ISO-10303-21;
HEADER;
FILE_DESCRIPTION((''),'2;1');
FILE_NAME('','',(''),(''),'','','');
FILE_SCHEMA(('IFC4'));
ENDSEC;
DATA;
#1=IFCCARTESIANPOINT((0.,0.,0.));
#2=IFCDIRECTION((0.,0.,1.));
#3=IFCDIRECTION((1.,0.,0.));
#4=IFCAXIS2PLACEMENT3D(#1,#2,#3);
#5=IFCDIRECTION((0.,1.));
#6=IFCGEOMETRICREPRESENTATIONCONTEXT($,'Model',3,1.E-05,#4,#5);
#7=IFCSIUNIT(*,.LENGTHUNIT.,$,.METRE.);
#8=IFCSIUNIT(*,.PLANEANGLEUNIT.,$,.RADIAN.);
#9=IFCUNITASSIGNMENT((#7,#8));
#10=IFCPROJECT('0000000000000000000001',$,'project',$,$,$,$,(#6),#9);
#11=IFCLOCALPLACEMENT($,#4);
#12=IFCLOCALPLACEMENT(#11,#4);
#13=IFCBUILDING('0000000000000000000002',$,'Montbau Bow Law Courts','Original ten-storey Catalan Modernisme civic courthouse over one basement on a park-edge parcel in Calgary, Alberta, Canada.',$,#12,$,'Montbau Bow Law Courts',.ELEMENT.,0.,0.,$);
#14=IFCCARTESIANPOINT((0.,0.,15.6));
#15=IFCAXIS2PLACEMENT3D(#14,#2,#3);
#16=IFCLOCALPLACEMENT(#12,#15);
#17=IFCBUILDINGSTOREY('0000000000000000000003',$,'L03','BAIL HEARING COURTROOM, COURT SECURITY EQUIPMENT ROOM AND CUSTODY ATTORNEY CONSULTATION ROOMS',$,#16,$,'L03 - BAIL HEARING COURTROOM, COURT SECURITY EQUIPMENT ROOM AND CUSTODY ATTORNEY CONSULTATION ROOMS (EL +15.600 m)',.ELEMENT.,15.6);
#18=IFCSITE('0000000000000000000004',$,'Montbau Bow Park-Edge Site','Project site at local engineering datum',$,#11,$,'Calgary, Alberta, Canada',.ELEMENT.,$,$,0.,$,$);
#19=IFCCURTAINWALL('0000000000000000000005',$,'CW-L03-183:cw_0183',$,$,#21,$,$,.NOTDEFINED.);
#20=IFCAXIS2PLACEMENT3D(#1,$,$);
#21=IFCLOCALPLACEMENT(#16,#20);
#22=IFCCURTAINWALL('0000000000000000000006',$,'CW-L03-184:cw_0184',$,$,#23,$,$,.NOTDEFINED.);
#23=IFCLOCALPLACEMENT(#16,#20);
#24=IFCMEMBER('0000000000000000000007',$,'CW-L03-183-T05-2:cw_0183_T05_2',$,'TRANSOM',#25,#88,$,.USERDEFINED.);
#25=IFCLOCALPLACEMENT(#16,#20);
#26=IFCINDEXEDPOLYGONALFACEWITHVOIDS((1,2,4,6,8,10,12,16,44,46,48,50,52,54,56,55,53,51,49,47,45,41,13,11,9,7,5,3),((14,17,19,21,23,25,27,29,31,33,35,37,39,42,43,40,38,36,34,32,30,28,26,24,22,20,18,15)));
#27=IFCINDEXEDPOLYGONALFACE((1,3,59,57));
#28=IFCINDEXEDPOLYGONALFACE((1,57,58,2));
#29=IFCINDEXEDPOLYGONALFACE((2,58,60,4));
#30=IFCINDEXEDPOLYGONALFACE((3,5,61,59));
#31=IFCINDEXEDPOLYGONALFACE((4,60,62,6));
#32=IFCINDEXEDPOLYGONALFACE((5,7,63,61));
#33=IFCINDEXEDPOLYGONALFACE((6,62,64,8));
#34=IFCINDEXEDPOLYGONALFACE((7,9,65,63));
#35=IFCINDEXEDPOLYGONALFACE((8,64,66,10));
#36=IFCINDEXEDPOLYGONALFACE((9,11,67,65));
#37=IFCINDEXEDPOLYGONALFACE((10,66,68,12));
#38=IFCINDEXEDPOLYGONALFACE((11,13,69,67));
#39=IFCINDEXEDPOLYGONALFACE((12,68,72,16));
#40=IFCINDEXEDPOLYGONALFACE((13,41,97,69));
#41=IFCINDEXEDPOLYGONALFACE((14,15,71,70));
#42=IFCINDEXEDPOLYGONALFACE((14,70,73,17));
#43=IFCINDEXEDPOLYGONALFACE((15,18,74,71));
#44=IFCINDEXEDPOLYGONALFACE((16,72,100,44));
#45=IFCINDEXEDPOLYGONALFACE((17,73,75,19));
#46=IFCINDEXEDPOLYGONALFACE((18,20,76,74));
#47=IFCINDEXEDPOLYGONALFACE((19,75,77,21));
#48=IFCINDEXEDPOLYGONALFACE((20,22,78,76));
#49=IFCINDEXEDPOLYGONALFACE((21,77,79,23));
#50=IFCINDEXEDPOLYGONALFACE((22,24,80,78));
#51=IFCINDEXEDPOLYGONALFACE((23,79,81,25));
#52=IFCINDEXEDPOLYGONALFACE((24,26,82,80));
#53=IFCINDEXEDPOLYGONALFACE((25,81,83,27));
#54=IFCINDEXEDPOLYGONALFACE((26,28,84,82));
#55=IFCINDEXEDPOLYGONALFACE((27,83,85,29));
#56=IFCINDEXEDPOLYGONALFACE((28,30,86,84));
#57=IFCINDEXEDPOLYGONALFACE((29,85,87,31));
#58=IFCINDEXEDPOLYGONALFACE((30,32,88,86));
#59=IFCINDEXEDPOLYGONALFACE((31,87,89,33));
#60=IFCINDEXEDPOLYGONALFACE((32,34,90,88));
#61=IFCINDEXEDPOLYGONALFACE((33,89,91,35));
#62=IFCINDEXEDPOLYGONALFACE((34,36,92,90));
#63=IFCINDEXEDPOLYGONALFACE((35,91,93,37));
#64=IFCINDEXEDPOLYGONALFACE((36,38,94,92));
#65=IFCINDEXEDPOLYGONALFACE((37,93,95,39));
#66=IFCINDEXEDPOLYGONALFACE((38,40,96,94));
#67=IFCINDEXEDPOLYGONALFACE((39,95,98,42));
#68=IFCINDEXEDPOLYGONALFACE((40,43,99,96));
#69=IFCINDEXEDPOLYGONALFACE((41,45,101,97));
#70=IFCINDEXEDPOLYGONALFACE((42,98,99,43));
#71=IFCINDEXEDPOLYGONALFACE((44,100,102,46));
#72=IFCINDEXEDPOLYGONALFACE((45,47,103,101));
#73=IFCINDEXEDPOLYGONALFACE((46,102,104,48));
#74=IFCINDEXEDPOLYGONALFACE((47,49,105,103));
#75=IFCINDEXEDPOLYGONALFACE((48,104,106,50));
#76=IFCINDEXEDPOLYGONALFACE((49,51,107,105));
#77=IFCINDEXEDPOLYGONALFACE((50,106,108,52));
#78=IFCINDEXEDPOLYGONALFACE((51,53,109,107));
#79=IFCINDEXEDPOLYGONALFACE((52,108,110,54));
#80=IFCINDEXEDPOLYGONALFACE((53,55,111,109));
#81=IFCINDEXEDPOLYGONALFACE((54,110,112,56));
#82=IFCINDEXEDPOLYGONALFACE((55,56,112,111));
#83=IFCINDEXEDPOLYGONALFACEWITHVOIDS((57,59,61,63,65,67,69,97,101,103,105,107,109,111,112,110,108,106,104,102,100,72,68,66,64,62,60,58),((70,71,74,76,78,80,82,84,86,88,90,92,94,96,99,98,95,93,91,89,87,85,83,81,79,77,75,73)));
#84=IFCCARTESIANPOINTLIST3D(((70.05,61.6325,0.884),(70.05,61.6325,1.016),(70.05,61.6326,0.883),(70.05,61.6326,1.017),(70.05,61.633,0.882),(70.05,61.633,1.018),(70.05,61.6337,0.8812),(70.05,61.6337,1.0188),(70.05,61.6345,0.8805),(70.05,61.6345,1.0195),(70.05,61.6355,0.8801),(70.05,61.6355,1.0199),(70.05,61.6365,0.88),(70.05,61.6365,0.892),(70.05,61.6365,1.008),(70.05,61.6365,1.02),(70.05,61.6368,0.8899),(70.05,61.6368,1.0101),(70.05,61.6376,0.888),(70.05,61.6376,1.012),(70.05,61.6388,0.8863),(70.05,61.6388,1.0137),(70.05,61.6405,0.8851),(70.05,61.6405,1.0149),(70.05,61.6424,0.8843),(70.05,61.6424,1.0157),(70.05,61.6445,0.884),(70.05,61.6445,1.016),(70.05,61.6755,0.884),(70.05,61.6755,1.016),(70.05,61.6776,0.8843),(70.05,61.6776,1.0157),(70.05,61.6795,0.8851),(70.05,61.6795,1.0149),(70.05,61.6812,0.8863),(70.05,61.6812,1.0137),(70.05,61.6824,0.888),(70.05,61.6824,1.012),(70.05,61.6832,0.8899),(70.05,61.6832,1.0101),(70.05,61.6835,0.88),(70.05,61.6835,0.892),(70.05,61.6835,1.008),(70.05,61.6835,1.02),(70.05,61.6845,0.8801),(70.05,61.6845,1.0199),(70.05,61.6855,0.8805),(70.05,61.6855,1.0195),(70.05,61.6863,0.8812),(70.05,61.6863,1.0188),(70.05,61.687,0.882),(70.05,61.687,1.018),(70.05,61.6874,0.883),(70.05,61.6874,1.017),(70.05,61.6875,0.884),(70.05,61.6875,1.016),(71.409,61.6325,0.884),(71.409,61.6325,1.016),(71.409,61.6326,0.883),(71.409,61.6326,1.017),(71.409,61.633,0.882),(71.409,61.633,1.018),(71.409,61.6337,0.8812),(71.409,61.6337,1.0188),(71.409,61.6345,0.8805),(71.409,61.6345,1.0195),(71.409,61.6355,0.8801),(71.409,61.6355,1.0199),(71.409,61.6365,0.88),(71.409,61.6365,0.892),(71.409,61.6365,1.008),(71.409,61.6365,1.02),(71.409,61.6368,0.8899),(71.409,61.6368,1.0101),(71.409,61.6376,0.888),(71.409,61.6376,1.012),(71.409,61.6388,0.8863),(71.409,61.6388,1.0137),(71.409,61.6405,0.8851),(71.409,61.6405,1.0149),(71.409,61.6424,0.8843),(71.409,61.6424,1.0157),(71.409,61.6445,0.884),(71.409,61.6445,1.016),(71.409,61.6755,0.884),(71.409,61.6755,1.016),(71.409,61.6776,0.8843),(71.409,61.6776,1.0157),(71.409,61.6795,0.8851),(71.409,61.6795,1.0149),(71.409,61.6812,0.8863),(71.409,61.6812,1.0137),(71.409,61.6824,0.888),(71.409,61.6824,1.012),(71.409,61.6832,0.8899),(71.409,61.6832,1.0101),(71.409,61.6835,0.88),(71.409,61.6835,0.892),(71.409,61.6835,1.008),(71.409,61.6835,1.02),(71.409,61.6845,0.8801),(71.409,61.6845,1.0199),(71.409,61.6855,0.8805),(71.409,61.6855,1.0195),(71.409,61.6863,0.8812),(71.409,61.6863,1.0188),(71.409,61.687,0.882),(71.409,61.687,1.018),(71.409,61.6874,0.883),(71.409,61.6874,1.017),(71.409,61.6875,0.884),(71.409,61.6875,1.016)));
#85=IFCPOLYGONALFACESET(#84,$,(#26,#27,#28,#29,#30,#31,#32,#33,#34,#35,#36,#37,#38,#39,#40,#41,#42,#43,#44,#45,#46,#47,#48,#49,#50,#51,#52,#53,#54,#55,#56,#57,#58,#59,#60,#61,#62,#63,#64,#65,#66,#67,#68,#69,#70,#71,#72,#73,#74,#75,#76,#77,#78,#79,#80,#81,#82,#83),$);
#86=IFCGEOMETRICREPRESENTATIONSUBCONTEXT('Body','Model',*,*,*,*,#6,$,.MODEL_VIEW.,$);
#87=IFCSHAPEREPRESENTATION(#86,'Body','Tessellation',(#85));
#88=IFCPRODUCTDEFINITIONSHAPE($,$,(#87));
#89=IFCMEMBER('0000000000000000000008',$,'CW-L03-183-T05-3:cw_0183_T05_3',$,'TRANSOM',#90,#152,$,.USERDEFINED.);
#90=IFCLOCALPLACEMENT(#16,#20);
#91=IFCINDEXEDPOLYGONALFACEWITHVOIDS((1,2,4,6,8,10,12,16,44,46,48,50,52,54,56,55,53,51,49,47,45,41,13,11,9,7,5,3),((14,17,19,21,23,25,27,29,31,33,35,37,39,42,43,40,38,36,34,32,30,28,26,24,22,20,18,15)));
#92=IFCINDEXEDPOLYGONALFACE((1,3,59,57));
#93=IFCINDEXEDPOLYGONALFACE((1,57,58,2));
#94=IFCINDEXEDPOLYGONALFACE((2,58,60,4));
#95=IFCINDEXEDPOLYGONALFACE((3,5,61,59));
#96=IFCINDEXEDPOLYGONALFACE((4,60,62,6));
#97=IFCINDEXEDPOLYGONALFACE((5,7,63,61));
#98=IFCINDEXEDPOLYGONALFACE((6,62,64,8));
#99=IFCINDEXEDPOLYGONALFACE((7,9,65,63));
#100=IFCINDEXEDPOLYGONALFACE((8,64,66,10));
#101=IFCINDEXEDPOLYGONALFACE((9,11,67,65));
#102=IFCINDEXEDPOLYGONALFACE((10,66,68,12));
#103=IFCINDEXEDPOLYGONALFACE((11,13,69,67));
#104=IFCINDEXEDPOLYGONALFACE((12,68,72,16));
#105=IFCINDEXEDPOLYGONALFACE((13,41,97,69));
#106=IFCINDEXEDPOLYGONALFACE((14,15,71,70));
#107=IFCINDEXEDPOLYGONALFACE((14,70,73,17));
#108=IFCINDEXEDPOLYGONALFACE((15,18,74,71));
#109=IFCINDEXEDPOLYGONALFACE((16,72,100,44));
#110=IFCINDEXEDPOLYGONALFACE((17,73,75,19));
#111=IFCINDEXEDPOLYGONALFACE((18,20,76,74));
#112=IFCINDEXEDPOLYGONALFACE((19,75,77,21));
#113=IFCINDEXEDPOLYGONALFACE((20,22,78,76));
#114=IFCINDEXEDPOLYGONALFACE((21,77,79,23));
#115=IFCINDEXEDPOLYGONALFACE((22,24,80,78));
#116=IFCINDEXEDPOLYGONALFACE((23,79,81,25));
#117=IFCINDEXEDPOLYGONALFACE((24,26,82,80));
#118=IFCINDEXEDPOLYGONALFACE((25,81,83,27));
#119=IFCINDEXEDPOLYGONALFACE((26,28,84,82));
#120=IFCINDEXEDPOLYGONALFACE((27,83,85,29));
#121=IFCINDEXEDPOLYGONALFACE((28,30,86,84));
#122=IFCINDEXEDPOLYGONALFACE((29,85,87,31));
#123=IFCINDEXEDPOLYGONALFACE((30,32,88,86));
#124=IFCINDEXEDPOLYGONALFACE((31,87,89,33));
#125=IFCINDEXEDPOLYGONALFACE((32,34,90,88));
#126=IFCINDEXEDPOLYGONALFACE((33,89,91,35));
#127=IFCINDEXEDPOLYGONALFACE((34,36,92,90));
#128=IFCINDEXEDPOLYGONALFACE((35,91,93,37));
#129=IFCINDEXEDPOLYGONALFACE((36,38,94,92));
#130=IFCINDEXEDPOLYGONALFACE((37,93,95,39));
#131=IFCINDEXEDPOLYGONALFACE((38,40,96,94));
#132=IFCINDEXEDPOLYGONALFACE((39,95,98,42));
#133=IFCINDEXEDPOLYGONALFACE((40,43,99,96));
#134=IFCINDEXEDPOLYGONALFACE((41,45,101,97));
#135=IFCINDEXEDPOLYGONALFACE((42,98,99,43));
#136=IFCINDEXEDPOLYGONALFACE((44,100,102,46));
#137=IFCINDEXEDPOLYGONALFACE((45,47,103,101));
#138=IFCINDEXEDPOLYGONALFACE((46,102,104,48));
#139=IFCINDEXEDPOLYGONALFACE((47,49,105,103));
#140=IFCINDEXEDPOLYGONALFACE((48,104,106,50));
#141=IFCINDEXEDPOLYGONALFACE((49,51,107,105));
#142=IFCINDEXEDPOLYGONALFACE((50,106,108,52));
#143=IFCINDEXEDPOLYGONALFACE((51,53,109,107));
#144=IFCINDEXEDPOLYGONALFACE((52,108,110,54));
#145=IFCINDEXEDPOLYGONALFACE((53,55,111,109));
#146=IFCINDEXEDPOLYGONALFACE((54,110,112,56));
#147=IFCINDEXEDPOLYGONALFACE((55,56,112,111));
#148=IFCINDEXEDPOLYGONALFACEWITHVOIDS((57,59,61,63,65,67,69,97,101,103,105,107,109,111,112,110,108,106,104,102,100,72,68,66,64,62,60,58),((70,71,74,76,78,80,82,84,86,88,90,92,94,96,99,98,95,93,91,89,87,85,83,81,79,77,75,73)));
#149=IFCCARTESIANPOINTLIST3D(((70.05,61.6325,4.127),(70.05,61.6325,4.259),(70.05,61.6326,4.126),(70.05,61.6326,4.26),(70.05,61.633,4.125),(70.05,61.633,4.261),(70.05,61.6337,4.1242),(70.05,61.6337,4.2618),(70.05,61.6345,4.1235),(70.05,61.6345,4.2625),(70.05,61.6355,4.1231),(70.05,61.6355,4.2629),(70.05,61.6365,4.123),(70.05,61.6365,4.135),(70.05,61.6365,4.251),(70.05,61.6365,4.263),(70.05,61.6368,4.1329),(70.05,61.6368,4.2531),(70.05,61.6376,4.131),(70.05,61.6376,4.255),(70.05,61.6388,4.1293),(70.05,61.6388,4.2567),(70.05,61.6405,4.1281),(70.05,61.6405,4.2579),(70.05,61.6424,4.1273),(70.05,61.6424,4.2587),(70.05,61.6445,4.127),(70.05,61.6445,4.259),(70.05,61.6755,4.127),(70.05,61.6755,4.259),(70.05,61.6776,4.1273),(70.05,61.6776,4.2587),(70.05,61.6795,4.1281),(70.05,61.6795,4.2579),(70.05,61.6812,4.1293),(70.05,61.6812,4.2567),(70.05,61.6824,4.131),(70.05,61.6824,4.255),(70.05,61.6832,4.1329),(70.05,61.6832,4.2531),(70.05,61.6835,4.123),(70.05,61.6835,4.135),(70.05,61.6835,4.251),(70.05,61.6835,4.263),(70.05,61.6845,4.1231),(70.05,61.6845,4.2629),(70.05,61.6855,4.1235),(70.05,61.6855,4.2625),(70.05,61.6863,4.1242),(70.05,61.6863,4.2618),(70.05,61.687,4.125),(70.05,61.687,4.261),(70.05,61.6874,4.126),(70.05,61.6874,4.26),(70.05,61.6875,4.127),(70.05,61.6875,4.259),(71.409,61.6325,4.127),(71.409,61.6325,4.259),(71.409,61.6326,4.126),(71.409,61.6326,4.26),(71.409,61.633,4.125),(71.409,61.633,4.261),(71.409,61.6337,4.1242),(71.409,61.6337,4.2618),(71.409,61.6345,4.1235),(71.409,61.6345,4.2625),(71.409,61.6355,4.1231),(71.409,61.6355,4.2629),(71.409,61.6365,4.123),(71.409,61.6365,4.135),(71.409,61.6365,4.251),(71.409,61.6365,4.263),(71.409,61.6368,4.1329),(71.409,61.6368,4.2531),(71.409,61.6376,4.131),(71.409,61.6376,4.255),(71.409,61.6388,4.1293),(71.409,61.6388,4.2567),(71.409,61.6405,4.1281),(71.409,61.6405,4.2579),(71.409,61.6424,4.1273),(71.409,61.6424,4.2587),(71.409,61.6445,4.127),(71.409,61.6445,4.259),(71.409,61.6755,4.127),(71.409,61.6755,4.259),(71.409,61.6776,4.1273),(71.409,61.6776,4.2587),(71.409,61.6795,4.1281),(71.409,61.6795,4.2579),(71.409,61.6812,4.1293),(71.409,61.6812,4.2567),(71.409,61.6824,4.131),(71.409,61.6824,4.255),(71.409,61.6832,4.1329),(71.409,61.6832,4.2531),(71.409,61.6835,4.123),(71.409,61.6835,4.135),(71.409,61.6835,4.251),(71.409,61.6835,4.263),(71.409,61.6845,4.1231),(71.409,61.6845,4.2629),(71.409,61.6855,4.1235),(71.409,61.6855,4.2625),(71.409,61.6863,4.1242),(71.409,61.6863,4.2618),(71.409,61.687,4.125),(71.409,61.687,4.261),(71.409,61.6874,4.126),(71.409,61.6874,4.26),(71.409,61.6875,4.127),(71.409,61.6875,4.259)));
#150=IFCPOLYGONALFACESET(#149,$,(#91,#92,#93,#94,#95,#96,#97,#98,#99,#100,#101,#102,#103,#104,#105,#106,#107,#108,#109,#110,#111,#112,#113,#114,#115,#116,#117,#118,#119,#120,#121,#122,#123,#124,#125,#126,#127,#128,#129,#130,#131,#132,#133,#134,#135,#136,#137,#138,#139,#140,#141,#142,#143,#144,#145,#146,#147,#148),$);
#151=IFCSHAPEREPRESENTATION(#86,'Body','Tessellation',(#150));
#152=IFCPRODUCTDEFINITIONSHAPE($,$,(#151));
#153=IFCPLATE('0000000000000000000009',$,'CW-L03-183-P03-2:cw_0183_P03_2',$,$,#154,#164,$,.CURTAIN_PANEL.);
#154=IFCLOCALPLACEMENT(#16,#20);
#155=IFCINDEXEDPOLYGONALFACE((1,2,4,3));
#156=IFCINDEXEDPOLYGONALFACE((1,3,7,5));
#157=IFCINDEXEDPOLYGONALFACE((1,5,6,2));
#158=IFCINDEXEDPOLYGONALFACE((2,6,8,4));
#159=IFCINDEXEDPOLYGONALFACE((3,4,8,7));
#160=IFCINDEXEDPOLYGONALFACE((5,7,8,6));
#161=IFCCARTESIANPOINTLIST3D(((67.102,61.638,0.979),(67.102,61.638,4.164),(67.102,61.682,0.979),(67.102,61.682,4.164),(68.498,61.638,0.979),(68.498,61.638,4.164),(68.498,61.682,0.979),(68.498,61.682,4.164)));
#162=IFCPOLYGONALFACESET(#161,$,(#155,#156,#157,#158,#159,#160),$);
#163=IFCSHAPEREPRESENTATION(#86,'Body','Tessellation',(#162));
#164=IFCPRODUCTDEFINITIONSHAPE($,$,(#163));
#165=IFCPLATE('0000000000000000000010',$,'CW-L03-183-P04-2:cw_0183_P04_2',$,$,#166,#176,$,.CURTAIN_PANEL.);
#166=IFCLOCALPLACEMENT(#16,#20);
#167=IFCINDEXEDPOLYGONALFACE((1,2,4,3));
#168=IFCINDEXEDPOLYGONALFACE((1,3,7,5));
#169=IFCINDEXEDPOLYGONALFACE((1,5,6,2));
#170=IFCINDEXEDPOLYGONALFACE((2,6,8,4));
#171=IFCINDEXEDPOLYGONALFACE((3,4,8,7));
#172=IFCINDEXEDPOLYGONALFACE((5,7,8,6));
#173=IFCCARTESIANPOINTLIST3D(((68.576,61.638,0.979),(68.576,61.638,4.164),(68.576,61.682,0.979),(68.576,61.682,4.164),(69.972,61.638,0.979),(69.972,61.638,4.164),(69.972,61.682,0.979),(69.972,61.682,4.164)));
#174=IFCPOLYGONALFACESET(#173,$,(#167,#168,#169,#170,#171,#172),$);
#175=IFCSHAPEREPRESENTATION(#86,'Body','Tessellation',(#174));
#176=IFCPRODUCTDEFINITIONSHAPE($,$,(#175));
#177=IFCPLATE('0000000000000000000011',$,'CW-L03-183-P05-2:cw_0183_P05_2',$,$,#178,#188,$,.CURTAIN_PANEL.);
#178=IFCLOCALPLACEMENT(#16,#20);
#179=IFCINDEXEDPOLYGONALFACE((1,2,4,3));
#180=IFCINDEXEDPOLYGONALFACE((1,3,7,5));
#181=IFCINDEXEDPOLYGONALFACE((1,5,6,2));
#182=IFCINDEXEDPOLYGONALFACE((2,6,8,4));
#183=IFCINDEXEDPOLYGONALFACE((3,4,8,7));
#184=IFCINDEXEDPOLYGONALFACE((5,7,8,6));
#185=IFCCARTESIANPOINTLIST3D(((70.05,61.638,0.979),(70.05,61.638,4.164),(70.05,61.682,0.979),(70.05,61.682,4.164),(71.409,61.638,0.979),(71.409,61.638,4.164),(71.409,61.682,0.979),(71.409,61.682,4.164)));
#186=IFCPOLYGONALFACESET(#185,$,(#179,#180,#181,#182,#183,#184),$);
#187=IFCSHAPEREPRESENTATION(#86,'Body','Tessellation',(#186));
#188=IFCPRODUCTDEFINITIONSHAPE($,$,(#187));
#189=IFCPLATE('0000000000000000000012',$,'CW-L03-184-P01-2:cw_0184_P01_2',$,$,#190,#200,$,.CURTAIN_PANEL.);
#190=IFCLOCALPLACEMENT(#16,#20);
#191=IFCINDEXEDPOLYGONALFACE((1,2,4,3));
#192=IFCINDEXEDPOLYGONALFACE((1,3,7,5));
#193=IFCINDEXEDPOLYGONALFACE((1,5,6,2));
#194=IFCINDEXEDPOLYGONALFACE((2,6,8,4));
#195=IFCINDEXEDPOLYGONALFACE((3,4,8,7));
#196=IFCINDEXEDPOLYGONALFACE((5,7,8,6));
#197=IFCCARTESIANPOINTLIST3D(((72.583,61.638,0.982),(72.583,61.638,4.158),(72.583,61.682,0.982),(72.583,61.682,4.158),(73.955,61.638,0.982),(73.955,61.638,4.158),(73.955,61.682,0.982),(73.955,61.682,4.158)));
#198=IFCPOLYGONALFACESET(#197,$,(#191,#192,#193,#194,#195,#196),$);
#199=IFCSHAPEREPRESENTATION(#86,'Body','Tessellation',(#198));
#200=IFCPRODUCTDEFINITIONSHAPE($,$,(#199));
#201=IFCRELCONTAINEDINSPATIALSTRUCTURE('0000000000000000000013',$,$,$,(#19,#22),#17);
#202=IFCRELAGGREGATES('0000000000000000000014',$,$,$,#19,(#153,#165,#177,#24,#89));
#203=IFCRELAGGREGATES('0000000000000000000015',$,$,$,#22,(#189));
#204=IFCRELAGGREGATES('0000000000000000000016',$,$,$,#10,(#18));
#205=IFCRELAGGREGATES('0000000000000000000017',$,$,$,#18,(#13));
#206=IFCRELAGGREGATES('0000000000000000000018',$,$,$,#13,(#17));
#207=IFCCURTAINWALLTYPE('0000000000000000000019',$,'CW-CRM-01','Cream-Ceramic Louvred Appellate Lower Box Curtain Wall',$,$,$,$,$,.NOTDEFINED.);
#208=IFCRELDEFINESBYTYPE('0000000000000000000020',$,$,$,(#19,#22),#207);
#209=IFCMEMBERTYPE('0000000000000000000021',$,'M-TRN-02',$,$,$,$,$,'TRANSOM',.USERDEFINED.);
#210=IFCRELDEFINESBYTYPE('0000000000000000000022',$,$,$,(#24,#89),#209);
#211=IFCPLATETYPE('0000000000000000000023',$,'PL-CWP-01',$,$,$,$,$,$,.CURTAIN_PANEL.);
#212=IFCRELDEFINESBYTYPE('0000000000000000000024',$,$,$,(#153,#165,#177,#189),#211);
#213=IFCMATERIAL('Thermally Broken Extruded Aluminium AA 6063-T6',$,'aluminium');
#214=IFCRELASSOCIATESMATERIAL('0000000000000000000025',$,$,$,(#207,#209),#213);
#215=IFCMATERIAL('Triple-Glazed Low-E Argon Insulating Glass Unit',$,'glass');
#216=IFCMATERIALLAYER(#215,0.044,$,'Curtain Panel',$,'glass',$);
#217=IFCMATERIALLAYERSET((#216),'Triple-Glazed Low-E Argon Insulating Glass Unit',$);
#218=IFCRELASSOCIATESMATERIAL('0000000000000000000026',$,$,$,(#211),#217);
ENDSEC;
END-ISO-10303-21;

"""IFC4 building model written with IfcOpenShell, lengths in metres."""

from ifc_helpers import new_model, si_unit, direction, frame, frame_2d, origin_with_axes, origin_2d_with_axis, place, context, subcontext, project, spatial, rectangle, hollow_rectangle, extrude, material, layer, layer_set, material_profile, profile_set, type_object, element, aggregate, save


model = new_model("IFC4")

# Units and contexts
model_context = context("Model", 3, precision=1e-05, world=origin_with_axes(), true_north=direction((0.0, 1.0)))
body_context = subcontext(model_context, "Body", "Model", "MODEL_VIEW")
ifc_project = project(units=[si_unit("LENGTHUNIT", "METRE"), si_unit("PLANEANGLEUNIT", "RADIAN")], contexts=[model_context])

# Site, building, storey
site_placement = place(None, origin_with_axes())
site = spatial("IfcSite", under=ifc_project, at=site_placement, Name="Montbau Bow Park-Edge Site", Description="Project site at local engineering datum", LongName="Calgary, Alberta, Canada", CompositionType="ELEMENT", RefElevation=0.0)
building_placement = place(site_placement, origin_with_axes())
building = spatial("IfcBuilding", under=site, at=building_placement, Name="Montbau Bow Law Courts", Description="Original ten-storey Catalan Modernisme civic courthouse over one basement on a park-edge parcel in Calgary, Alberta, Canada.", LongName="Montbau Bow Law Courts", CompositionType="ELEMENT", ElevationOfRefHeight=0.0, ElevationOfTerrain=0.0)
storey_placement = place(building_placement, frame((0.0, 0.0, 15.6), z_axis=(0.0, 0.0, 1.0), x_axis=(1.0, 0.0, 0.0)))
storey = spatial("IfcBuildingStorey", under=building, at=storey_placement, Name="L03", Description="BAIL HEARING COURTROOM, COURT SECURITY EQUIPMENT ROOM AND CUSTODY ATTORNEY CONSULTATION ROOMS", LongName="L03 - BAIL HEARING COURTROOM, COURT SECURITY EQUIPMENT ROOM AND CUSTODY ATTORNEY CONSULTATION ROOMS (EL +15.600 m)", CompositionType="ELEMENT", Elevation=15.6)

# Curtain walls
ifc_material_1 = material(Name="Thermally Broken Extruded Aluminium AA 6063-T6", Category="aluminium")
curtain_wall_type = type_object("IfcCurtainWallType", Name="CW-CRM-01", Description="Cream-Ceramic Louvred Appellate Lower Box Curtain Wall", PredefinedType="NOTDEFINED", material=ifc_material_1)
curtain_wall_1_placement = place(None, frame((64.115, 61.66, 15.6), z_axis=(0.0, 0.0, 1.0), x_axis=(1.0, 0.0, 0.0)))
curtain_wall_1 = element("IfcCurtainWall", 1, at=curtain_wall_1_placement, inside=storey, type_object=curtain_wall_type, Name="CW-L03-183:cw_0183", PredefinedType="NOTDEFINED")
curtain_wall_2_placement = place(None, frame((72.515, 61.66, 15.6), z_axis=(0.0, 0.0, 1.0), x_axis=(1.0, 0.0, 0.0)))
curtain_wall_2 = element("IfcCurtainWall", 2, at=curtain_wall_2_placement, inside=storey, type_object=curtain_wall_type, Name="CW-L03-184:cw_0184", PredefinedType="NOTDEFINED")

# Members
ifc_material_profile_1 = material_profile(ifc_material_1, hollow_rectangle(XDim=0.055, YDim=0.14, WallThickness=0.004, InnerFilletRadius=0.008, OuterFilletRadius=0.004, at=origin_2d_with_axis()), Name="CWT-140X55", Category="Main", Priority=0)
ifc_profile_set_1 = profile_set([ifc_material_profile_1], Name="Thermally Broken Extruded Aluminium AA 6063-T6")
member_type_1 = type_object("IfcMemberType", Name="M-TRN-02", ElementType="TRANSOM", PredefinedType="USERDEFINED", material=ifc_profile_set_1)
member_1_placement = place(None, frame((70.05, 61.66, 16.55), z_axis=(1.0, 0.0, 0.0), x_axis=(0.0, 1.0, 0.0)))
member_1 = element("IfcMember", 3, at=member_1_placement, type_object=member_type_1, Name="CW-L03-183-T05-2:cw_0183_T05_2", ObjectType="TRANSOM", PredefinedType="USERDEFINED", context=body_context, shape_type="SweptSolid", body=[
    extrude(hollow_rectangle(XDim=0.055, YDim=0.14, WallThickness=0.004, InnerFilletRadius=0.008, OuterFilletRadius=0.004, at=origin_2d_with_axis()), origin_with_axes(), (0.0, 0.0, 1.0), 1.359),
])
member_2_placement = place(None, frame((70.05, 61.66, 19.793), z_axis=(1.0, 0.0, 0.0), x_axis=(0.0, 1.0, 0.0)))
member_2 = element("IfcMember", 4, at=member_2_placement, type_object=member_type_1, Name="CW-L03-183-T05-3:cw_0183_T05_3", ObjectType="TRANSOM", PredefinedType="USERDEFINED", context=body_context, shape_type="SweptSolid", body=[
    extrude(hollow_rectangle(XDim=0.055, YDim=0.14, WallThickness=0.004, InnerFilletRadius=0.008, OuterFilletRadius=0.004, at=origin_2d_with_axis()), origin_with_axes(), (0.0, 0.0, 1.0), 1.359),
])

# Plates
ifc_material_2 = material(Name="Triple-Glazed Low-E Argon Insulating Glass Unit", Category="glass")
ifc_layer_1 = layer(ifc_material_2, 0.044, Name="Curtain Panel", Category="glass")
ifc_layer_set_1 = layer_set([ifc_layer_1], Name="Triple-Glazed Low-E Argon Insulating Glass Unit")
plate_type_1 = type_object("IfcPlateType", Name="PL-CWP-01", PredefinedType="CURTAIN_PANEL", material=ifc_layer_set_1)
plate_1_placement = place(None, frame((67.102, 61.66, 16.579), z_axis=(0.0, -1.0, 0.0), x_axis=(1.0, 0.0, 0.0)))
plate_1 = element("IfcPlate", 5, at=plate_1_placement, type_object=plate_type_1, Name="CW-L03-183-P03-2:cw_0183_P03_2", PredefinedType="CURTAIN_PANEL", context=body_context, shape_type="SweptSolid", body=[
    extrude(rectangle(XDim=1.396, YDim=3.185, at=frame_2d((0.698, 1.5925), x_axis=(1.0, 0.0))), frame((0.0, 0.0, -0.022), z_axis=(0.0, 0.0, 1.0), x_axis=(1.0, 0.0, 0.0)), (0.0, 0.0, 1.0), 0.044),
])
plate_2_placement = place(None, frame((68.576, 61.66, 16.579), z_axis=(0.0, -1.0, 0.0), x_axis=(1.0, 0.0, 0.0)))
plate_2 = element("IfcPlate", 6, at=plate_2_placement, type_object=plate_type_1, Name="CW-L03-183-P04-2:cw_0183_P04_2", PredefinedType="CURTAIN_PANEL", context=body_context, shape_type="SweptSolid", body=[
    extrude(rectangle(XDim=1.396, YDim=3.185, at=frame_2d((0.698, 1.5925), x_axis=(1.0, 0.0))), frame((0.0, 0.0, -0.022), z_axis=(0.0, 0.0, 1.0), x_axis=(1.0, 0.0, 0.0)), (0.0, 0.0, 1.0), 0.044),
])
plate_3_placement = place(None, frame((70.05, 61.66, 16.579), z_axis=(0.0, -1.0, 0.0), x_axis=(1.0, 0.0, 0.0)))
plate_3 = element("IfcPlate", 7, at=plate_3_placement, type_object=plate_type_1, Name="CW-L03-183-P05-2:cw_0183_P05_2", PredefinedType="CURTAIN_PANEL", context=body_context, shape_type="SweptSolid", body=[
    extrude(rectangle(XDim=1.359, YDim=3.185, at=frame_2d((0.6795, 1.5925), x_axis=(1.0, 0.0))), frame((0.0, 0.0, -0.022), z_axis=(0.0, 0.0, 1.0), x_axis=(1.0, 0.0, 0.0)), (0.0, 0.0, 1.0), 0.044),
])
plate_4_placement = place(None, frame((72.583, 61.66, 16.582), z_axis=(0.0, -1.0, 0.0), x_axis=(1.0, 0.0, 0.0)))
plate_4 = element("IfcPlate", 8, at=plate_4_placement, type_object=plate_type_1, Name="CW-L03-184-P01-2:cw_0184_P01_2", PredefinedType="CURTAIN_PANEL", context=body_context, shape_type="SweptSolid", body=[
    extrude(rectangle(XDim=1.372, YDim=3.176, at=frame_2d((0.686, 1.588), x_axis=(1.0, 0.0))), frame((0.0, 0.0, -0.022), z_axis=(0.0, 0.0, 1.0), x_axis=(1.0, 0.0, 0.0)), (0.0, 0.0, 1.0), 0.044),
])
aggregate(curtain_wall_1, [plate_1, plate_2, plate_3, member_1, member_2])
aggregate(curtain_wall_2, [plate_4])

save(model, "model.ifc")
